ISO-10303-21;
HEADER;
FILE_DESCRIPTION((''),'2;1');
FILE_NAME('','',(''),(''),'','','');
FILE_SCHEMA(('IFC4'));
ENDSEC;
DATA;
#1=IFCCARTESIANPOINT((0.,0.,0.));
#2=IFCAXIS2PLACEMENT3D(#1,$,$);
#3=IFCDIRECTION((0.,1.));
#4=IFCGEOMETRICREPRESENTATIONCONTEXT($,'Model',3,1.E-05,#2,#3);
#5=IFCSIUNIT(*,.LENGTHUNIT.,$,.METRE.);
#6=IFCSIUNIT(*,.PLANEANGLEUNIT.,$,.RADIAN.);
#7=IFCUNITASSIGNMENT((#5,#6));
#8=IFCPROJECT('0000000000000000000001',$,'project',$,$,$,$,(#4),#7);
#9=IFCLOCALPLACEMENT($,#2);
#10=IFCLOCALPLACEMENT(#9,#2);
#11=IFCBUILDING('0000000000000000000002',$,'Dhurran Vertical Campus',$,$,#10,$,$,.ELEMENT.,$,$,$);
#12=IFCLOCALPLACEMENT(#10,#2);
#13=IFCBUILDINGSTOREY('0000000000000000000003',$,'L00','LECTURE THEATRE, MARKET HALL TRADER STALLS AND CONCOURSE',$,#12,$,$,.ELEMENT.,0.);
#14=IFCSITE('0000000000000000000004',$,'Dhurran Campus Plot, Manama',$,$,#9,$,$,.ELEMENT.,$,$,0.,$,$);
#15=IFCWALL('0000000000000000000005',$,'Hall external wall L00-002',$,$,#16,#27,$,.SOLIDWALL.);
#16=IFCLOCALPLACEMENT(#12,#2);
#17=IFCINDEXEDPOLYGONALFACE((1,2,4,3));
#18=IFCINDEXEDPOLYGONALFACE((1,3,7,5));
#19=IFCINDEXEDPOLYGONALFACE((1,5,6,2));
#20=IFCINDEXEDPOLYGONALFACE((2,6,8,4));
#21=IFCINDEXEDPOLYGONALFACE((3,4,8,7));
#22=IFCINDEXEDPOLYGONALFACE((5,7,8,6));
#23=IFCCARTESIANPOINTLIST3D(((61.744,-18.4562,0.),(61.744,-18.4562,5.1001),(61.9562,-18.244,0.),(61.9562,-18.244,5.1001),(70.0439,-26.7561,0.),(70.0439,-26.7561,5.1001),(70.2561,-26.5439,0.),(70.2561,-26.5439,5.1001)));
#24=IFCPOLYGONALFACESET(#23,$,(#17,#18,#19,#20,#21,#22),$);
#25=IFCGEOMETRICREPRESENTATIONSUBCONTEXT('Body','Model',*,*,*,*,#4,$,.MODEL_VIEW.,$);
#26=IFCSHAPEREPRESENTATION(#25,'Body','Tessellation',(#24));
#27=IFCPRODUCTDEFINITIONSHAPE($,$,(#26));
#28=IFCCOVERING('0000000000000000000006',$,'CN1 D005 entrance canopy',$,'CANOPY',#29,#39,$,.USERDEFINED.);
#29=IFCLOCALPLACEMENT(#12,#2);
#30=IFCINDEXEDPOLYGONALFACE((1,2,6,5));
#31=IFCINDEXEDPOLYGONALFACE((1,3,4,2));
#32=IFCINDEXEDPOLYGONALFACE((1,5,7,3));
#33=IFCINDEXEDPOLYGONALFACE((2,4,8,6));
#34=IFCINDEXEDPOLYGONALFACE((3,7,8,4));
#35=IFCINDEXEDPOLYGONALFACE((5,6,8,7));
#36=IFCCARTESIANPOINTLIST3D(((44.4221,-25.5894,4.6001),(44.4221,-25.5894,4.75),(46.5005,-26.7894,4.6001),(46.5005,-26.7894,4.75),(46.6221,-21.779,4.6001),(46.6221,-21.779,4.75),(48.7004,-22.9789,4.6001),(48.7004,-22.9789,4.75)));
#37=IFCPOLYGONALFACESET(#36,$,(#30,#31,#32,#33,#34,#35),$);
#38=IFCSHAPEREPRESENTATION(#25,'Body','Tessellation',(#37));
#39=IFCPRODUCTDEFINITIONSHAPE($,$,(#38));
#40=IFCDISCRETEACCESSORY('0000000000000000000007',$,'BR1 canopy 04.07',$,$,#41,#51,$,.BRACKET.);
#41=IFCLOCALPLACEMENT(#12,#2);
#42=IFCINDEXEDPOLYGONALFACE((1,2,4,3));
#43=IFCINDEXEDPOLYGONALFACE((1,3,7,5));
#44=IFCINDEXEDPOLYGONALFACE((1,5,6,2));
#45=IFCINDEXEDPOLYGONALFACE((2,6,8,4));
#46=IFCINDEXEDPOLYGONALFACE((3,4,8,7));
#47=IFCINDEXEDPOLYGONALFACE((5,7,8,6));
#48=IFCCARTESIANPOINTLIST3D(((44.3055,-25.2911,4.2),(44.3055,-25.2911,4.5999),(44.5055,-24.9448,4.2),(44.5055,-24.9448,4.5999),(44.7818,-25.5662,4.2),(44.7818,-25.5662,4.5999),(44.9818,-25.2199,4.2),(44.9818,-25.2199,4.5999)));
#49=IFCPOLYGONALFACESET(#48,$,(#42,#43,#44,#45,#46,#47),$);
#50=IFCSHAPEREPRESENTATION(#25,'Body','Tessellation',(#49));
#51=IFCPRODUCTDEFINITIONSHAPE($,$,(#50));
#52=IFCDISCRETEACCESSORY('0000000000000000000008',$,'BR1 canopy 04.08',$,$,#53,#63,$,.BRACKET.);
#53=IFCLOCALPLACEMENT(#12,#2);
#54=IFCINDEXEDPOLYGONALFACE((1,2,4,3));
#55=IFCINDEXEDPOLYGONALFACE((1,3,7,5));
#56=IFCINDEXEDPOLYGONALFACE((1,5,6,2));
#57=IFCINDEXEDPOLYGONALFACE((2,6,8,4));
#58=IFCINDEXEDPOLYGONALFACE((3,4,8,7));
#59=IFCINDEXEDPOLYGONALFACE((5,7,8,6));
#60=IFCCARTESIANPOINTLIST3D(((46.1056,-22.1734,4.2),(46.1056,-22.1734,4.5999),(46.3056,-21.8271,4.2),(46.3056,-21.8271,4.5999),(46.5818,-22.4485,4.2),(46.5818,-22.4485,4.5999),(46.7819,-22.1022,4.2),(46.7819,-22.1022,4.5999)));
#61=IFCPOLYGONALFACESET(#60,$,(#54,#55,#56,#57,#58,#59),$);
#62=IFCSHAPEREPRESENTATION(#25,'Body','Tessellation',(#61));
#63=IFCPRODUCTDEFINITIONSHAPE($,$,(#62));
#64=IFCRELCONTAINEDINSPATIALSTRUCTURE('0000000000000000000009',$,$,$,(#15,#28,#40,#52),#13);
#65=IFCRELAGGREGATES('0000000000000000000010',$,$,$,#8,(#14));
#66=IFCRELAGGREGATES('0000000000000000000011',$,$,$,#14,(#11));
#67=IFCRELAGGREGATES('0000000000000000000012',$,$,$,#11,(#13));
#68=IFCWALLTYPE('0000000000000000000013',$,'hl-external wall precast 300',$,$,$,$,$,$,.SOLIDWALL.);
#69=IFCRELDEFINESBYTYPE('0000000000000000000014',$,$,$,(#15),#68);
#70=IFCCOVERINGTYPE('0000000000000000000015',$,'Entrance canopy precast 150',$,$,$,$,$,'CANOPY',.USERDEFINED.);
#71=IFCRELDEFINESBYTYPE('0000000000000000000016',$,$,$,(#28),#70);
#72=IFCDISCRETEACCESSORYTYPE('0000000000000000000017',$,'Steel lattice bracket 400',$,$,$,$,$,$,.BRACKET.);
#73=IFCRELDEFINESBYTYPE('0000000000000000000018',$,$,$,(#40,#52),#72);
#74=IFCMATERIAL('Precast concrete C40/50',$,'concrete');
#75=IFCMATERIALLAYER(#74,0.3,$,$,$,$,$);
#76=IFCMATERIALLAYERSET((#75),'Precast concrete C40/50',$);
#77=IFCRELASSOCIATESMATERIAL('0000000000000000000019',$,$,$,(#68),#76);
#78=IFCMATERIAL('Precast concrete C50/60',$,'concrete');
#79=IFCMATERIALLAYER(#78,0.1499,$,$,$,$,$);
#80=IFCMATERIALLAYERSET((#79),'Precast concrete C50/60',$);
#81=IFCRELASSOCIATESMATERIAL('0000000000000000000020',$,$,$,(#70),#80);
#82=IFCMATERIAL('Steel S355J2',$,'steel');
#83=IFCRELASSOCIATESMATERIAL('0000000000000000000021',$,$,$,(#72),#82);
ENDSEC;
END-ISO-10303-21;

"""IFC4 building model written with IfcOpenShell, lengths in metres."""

from ifc_helpers import new_model, si_unit, direction, frame, frame_2d, origin, origin_2d, place, context, subcontext, project, spatial, rectangle, extrude, material, layer, layer_set, material_profile, profile_set, type_object, element, save


model = new_model("IFC4")

# Units and contexts
model_context = context("Model", 3, precision=1e-05, world=origin(), true_north=direction((0.0, 1.0)))
body_context = subcontext(model_context, "Body", "Model", "MODEL_VIEW")
ifc_project = project(units=[si_unit("LENGTHUNIT", "METRE"), si_unit("PLANEANGLEUNIT", "RADIAN")], contexts=[model_context])

# Site, building, storey
site_placement = place(None, origin())
site = spatial("IfcSite", under=ifc_project, at=site_placement, Name="Dhurran Campus Plot, Manama", CompositionType="ELEMENT", RefElevation=0.0)
building_placement = place(site_placement, origin())
building = spatial("IfcBuilding", under=site, at=building_placement, Name="Dhurran Vertical Campus", CompositionType="ELEMENT")
storey_placement = place(building_placement, origin())
storey = spatial("IfcBuildingStorey", under=building, at=storey_placement, Name="L00", Description="LECTURE THEATRE, MARKET HALL TRADER STALLS AND CONCOURSE", CompositionType="ELEMENT", Elevation=0.0)

# Wall
ifc_material_1 = material(Name="Precast concrete C40/50", Category="concrete")
ifc_layer_1 = layer(ifc_material_1, 0.3)
ifc_layer_set_1 = layer_set([ifc_layer_1], Name="Precast concrete C40/50")
wall_type_1 = type_object("IfcWallType", Name="hl-external wall precast 300", PredefinedType="SOLIDWALL", material=ifc_layer_set_1)
wall_1_placement = place(storey_placement, frame((61.8501, -18.3501, 0.0), z_axis=(0.0, 0.0, 1.0), x_axis=(0.707107, -0.707107, 0.0)))
element("IfcWall", 1, at=wall_1_placement, inside=storey, type_object=wall_type_1, Name="Hall external wall L00-002", PredefinedType="SOLIDWALL", context=body_context, shape_type="SweptSolid", body=[
    extrude(rectangle(XDim=11.7378, YDim=0.3, at=frame_2d((5.8689, 0.0))), origin(), (0.0, 0.0, 1.0), 5.1001),
])

# Covering
ifc_material_2 = material(Name="Precast concrete C50/60", Category="concrete")
ifc_layer_2 = layer(ifc_material_2, 0.1499)
ifc_layer_set_2 = layer_set([ifc_layer_2], Name="Precast concrete C50/60")
covering_type = type_object("IfcCoveringType", Name="Entrance canopy precast 150", ElementType="CANOPY", PredefinedType="USERDEFINED", material=ifc_layer_set_2)
covering_placement = place(storey_placement, frame((46.5613, -24.2842, 4.6001), z_axis=(0.0, 0.0, 1.0), x_axis=(0.5, 0.866025, 0.0)))
element("IfcCovering", 2, at=covering_placement, inside=storey, type_object=covering_type, Name="CN1 D005 entrance canopy", ObjectType="CANOPY", PredefinedType="USERDEFINED", context=body_context, shape_type="SweptSolid", body=[
    extrude(rectangle(XDim=4.3999, YDim=2.3999, at=origin_2d()), origin(), (0.0, 0.0, 1.0), 0.1499),
])

# Discrete accessories
ifc_material_3 = material(Name="Steel S355J2", Category="steel")
ifc_material_profile_1 = material_profile(ifc_material_3, rectangle(XDim=0.3999, YDim=0.3999, at=origin_2d()), Name="Steel lattice bracket 400")
ifc_profile_set_1 = profile_set([ifc_material_profile_1], Name="Steel S355J2")
discrete_accessory_type = type_object("IfcDiscreteAccessoryType", Name="Steel lattice bracket 400", PredefinedType="BRACKET", material=ifc_profile_set_1)
for number, where, z_axis, x_axis, name in (
    (3, (44.4055, -25.1179, 4.3999), (0.865912, -0.500196, 0.0), (0.500196, 0.865912, 0.0), "BR1 canopy 04.07"),
    (4, (46.2056, -22.0002, 4.3999), (0.865912, -0.500196, 0.0), (0.500196, 0.865912, 0.0), "BR1 canopy 04.08"),
):
    element("IfcDiscreteAccessory", number, at=place(storey_placement, frame(where, z_axis=z_axis, x_axis=x_axis)), inside=storey, type_object=discrete_accessory_type, Name=name, PredefinedType="BRACKET", context=body_context, shape_type="SweptSolid", body=[
        extrude(rectangle(XDim=0.3999, YDim=0.3999, at=origin_2d()), origin(), (0.0, 0.0, 1.0), 0.55),
    ])

save(model, "model.ifc")
